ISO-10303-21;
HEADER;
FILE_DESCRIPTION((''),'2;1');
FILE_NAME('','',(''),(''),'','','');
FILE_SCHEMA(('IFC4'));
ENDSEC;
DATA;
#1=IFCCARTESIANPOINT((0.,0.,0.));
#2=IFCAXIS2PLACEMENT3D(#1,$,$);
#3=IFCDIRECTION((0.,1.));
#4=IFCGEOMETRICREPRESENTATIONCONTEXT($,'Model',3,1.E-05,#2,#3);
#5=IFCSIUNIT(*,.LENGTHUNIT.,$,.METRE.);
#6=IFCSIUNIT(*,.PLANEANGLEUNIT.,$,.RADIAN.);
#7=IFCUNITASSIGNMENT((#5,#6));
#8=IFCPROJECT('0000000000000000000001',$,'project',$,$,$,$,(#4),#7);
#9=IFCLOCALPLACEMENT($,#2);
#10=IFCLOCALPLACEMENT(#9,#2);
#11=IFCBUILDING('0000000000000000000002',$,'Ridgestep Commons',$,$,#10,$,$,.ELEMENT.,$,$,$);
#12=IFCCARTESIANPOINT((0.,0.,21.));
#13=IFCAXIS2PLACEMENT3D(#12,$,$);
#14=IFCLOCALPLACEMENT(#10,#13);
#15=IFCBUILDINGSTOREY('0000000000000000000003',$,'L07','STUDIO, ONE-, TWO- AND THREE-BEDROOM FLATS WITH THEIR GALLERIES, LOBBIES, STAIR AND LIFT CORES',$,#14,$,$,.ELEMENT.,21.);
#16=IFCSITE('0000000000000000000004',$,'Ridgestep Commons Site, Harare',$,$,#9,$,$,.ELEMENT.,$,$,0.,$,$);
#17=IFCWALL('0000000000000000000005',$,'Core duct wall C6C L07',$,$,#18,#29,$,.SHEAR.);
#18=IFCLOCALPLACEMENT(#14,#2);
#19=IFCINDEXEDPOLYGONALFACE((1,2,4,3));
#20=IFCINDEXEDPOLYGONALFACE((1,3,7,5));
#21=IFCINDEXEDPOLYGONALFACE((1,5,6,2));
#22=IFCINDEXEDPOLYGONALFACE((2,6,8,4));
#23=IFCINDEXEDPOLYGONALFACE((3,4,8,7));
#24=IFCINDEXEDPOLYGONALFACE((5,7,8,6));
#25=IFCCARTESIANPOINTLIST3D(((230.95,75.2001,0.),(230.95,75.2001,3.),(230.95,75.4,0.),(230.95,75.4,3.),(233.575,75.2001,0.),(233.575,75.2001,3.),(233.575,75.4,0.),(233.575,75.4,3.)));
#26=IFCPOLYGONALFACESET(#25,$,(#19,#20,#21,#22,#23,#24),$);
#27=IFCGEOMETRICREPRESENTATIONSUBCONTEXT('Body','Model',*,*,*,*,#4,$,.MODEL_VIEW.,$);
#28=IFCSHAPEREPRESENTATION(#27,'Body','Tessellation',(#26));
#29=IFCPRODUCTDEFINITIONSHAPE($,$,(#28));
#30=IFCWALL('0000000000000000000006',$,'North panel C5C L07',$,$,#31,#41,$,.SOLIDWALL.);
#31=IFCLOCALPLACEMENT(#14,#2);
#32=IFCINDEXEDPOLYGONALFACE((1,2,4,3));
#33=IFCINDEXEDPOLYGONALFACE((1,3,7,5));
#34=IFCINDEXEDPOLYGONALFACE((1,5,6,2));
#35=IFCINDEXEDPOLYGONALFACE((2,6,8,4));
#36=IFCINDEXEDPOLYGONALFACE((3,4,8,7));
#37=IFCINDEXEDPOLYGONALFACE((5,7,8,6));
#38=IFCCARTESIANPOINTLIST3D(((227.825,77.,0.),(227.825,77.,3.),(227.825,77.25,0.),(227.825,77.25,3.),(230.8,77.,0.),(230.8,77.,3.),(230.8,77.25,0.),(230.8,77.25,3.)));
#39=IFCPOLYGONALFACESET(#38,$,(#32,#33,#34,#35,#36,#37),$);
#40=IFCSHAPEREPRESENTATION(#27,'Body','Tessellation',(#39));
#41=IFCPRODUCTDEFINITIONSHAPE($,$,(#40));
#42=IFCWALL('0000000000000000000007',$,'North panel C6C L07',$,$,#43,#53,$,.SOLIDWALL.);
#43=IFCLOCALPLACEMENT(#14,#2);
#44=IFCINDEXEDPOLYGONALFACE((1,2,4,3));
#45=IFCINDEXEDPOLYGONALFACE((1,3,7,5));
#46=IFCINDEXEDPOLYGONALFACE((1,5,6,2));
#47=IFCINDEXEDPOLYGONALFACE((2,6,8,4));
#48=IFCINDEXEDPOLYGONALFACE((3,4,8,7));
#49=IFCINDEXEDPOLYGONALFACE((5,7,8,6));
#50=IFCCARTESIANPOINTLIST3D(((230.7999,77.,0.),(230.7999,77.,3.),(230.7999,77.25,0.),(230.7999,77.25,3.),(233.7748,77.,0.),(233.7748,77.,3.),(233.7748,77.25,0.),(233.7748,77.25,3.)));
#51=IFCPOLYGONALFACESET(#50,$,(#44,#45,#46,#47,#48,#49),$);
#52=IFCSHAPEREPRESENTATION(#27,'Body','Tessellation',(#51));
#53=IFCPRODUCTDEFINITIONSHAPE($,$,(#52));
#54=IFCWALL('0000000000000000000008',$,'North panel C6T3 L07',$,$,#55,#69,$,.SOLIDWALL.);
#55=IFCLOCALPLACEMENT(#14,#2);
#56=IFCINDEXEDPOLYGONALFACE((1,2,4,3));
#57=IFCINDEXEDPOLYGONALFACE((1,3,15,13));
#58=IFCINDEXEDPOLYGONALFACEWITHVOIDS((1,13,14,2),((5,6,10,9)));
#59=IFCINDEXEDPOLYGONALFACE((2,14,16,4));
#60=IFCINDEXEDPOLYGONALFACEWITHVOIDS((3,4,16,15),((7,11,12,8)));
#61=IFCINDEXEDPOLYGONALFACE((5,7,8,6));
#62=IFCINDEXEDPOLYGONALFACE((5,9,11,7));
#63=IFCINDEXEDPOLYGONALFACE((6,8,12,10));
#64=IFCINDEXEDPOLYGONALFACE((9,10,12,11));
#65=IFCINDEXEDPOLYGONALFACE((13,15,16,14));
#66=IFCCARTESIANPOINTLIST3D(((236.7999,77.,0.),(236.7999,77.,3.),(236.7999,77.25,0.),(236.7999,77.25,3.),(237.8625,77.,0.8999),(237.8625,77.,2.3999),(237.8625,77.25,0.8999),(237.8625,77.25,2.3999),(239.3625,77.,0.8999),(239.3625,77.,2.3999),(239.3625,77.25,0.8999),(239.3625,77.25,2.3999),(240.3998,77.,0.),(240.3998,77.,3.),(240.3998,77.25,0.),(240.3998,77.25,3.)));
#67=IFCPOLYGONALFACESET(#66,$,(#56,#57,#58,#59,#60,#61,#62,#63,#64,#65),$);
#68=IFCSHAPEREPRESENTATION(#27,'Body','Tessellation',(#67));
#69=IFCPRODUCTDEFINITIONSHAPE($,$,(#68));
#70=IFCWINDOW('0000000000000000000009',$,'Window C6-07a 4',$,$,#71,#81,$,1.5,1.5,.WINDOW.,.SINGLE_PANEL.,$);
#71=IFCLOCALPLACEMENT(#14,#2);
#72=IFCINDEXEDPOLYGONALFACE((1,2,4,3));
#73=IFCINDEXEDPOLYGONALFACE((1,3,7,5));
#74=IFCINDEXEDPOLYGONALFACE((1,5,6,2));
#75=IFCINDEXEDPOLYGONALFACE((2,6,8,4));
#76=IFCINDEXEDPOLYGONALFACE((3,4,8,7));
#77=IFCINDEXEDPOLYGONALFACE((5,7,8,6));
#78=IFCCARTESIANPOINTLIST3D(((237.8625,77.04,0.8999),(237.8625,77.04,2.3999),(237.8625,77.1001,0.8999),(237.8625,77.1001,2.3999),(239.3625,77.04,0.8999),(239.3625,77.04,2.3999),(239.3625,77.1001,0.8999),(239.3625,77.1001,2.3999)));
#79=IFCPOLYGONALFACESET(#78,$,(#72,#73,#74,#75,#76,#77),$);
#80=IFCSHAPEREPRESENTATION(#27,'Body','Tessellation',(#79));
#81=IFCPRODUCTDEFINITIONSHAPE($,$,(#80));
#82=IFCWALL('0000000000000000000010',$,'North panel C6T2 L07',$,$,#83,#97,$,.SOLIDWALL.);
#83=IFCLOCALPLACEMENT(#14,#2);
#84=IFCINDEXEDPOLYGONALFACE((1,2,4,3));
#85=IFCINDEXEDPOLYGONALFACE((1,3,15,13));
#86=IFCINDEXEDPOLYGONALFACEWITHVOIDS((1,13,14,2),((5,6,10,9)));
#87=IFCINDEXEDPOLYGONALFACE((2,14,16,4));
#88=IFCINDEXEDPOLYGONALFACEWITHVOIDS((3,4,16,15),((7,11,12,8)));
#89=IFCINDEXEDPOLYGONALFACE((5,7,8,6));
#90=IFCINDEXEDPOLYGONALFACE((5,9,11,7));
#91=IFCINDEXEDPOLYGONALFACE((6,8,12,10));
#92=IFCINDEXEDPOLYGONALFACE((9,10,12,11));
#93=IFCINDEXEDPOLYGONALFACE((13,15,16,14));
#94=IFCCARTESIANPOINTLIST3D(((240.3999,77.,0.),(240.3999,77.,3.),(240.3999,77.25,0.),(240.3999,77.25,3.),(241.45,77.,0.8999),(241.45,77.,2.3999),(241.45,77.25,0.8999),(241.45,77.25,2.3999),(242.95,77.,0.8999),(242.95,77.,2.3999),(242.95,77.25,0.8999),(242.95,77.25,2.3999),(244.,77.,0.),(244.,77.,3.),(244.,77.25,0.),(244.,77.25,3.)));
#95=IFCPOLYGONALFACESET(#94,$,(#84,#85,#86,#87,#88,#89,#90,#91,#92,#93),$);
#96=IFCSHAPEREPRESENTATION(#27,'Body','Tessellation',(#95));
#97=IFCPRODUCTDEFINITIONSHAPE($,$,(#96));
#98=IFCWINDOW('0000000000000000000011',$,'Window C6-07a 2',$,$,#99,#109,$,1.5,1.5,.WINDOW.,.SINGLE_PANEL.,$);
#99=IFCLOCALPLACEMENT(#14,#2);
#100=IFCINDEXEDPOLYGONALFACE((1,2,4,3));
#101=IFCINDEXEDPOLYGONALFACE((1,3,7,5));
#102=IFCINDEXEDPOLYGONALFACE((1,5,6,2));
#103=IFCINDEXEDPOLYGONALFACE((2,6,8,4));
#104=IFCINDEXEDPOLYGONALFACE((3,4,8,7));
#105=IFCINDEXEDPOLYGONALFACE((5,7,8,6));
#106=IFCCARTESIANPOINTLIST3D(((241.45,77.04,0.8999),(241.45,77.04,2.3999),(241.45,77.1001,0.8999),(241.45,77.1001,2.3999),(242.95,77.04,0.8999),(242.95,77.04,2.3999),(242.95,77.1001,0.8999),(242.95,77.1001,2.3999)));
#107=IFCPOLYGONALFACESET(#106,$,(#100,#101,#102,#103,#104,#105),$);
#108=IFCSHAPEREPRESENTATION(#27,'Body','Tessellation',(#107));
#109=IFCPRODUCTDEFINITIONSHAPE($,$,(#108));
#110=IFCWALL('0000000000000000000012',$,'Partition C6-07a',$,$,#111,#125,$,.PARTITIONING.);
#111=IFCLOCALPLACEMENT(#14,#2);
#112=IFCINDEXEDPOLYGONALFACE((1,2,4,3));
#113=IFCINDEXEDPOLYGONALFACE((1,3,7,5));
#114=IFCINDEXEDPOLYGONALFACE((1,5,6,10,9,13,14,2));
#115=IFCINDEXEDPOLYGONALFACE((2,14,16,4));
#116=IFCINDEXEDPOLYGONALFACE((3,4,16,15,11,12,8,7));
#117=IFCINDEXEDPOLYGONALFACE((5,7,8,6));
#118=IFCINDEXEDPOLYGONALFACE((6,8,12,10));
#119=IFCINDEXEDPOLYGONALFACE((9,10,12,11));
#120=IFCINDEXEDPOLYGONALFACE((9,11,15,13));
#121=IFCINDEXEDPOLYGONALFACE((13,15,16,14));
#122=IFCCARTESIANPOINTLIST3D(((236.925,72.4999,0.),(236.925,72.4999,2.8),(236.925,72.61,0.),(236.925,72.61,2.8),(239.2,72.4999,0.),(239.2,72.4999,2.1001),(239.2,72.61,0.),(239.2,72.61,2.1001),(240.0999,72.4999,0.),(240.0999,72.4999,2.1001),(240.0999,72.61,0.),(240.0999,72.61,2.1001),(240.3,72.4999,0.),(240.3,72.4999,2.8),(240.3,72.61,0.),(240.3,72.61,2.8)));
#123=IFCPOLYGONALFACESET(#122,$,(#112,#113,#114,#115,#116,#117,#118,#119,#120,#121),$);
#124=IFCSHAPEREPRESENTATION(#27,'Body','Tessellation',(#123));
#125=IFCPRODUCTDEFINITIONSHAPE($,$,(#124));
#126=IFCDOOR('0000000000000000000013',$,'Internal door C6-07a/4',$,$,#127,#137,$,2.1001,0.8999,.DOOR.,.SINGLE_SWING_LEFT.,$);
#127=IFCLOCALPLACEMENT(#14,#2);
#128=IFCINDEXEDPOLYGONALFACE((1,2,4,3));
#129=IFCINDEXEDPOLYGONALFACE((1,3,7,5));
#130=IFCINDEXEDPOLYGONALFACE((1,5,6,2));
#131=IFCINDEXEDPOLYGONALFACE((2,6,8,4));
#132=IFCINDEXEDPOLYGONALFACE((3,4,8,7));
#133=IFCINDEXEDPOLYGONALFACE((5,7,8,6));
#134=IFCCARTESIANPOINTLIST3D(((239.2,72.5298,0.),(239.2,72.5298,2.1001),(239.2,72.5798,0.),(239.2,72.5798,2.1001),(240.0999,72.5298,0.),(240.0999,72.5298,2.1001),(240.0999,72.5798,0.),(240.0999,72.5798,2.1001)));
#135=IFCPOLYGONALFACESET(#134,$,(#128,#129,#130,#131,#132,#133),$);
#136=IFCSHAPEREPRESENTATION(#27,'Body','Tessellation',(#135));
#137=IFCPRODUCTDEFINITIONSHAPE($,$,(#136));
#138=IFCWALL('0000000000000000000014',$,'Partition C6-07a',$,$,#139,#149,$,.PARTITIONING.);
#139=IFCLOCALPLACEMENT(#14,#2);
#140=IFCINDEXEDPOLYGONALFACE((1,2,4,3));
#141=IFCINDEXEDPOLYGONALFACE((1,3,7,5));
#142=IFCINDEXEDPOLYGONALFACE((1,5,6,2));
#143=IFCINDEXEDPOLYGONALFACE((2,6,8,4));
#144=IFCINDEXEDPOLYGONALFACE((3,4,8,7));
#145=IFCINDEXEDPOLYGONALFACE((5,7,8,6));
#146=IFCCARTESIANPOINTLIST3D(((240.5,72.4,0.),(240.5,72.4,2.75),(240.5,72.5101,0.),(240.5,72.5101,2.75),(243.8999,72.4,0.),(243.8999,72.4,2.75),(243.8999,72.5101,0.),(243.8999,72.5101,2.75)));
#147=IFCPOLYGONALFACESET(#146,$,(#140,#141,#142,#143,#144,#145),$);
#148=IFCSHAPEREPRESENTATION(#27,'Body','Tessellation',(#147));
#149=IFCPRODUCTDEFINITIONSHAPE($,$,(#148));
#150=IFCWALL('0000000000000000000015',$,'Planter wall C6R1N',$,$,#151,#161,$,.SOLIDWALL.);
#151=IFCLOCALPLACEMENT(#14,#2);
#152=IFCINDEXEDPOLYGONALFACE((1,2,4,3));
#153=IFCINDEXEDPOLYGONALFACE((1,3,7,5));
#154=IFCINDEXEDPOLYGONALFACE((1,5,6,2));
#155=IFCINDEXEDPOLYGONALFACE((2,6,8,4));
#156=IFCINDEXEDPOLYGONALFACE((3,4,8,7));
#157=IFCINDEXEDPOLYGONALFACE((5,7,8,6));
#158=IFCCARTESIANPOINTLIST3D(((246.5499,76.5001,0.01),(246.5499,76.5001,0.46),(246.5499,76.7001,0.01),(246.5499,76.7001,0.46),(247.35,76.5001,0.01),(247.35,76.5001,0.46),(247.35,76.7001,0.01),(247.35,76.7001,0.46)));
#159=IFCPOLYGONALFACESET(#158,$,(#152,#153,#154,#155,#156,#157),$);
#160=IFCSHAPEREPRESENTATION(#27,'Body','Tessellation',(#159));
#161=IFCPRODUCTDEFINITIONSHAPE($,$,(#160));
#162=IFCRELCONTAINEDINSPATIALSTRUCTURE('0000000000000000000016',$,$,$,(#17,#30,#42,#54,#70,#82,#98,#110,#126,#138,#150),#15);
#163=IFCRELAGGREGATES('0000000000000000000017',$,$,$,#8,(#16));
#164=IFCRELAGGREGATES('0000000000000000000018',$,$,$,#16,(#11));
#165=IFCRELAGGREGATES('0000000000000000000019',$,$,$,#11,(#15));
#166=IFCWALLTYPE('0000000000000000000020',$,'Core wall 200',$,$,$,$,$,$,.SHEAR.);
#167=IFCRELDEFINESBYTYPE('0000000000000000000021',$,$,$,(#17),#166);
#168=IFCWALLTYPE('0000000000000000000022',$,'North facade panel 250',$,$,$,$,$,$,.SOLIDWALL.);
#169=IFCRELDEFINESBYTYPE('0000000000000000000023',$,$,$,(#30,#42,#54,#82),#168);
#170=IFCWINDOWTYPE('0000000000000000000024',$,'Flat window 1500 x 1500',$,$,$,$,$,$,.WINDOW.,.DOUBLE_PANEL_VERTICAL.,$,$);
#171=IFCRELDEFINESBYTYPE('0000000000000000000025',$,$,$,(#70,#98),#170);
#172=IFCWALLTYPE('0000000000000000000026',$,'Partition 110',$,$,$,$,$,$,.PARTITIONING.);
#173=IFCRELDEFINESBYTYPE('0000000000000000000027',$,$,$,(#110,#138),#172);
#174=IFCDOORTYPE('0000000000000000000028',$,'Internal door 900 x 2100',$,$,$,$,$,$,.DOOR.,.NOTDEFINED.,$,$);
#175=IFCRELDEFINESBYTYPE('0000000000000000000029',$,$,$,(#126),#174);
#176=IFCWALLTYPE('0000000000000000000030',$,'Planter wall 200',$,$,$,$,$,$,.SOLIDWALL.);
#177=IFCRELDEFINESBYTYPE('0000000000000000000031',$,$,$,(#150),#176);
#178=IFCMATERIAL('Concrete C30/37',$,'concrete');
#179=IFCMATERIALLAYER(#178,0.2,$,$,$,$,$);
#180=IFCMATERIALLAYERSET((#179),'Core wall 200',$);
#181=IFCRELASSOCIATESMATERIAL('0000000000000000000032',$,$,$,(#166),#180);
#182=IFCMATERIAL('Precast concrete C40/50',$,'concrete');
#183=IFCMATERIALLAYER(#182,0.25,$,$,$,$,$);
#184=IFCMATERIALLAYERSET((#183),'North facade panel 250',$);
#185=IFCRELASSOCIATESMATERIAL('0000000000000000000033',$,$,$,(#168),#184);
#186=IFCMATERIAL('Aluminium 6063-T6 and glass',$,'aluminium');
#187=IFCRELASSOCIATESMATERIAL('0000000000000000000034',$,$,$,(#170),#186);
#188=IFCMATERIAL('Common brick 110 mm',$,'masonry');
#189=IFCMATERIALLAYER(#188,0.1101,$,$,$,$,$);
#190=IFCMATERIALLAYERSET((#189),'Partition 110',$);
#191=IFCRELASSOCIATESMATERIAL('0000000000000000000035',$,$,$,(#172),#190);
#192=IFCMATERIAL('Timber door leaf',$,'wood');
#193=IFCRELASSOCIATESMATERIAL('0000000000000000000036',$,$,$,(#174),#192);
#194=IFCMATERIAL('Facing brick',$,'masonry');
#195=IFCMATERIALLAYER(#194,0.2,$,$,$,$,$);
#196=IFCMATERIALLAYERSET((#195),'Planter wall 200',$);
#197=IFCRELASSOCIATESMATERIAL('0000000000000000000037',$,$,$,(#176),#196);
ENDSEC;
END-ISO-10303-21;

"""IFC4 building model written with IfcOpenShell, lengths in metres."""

from ifc_helpers import new_model, si_unit, direction, frame, frame_2d, origin, place, context, subcontext, project, spatial, rectangle, extrude, material, layer, layer_set, type_object, element, fill, save


model = new_model("IFC4")

# Units and contexts
model_context = context("Model", 3, precision=1e-05, world=origin(), true_north=direction((0.0, 1.0)))
body_context = subcontext(model_context, "Body", "Model", "MODEL_VIEW")
ifc_project = project(units=[si_unit("LENGTHUNIT", "METRE"), si_unit("PLANEANGLEUNIT", "RADIAN")], contexts=[model_context])

# Site, building, storey
site_placement = place(None, origin())
site = spatial("IfcSite", under=ifc_project, at=site_placement, Name="Ridgestep Commons Site, Harare", CompositionType="ELEMENT", RefElevation=0.0)
building_placement = place(site_placement, origin())
building = spatial("IfcBuilding", under=site, at=building_placement, Name="Ridgestep Commons", CompositionType="ELEMENT")
storey_placement = place(building_placement, frame((0.0, 0.0, 21.0)))
storey = spatial("IfcBuildingStorey", under=building, at=storey_placement, Name="L07", Description="STUDIO, ONE-, TWO- AND THREE-BEDROOM FLATS WITH THEIR GALLERIES, LOBBIES, STAIR AND LIFT CORES", CompositionType="ELEMENT", Elevation=21.0)

# Walls
ifc_material_1 = material(Name="Concrete C30/37", Category="concrete")
ifc_layer_1 = layer(ifc_material_1, 0.2)
ifc_layer_set_1 = layer_set([ifc_layer_1], Name="Core wall 200")
wall_type_1 = type_object("IfcWallType", Name="Core wall 200", PredefinedType="SHEAR", material=ifc_layer_set_1)
for number, where, z_axis, x_axis, name in (
    (1, (230.95, 75.3, 0.0), (0.0, 0.0, 1.0), (1.0, 0.0, 0.0), "Core duct wall C6C L07"),
):
    element("IfcWall", number, at=place(storey_placement, frame(where, z_axis=z_axis, x_axis=x_axis)), inside=storey, type_object=wall_type_1, Name=name, PredefinedType="SHEAR", context=body_context, shape_type="SweptSolid", body=[
        extrude(rectangle(XDim=2.625, YDim=0.2, at=frame_2d((1.3125, 0.0))), origin(), (0.0, 0.0, 1.0), 3.0),
    ])
ifc_material_2 = material(Name="Precast concrete C40/50", Category="concrete")
ifc_layer_2 = layer(ifc_material_2, 0.25)
ifc_layer_set_2 = layer_set([ifc_layer_2], Name="North facade panel 250")
wall_type_2 = type_object("IfcWallType", Name="North facade panel 250", PredefinedType="SOLIDWALL", material=ifc_layer_set_2)
wall_1_placement = place(storey_placement, frame((227.825, 77.125, 0.0), z_axis=(0.0, 0.0, 1.0), x_axis=(1.0, 0.0, 0.0)))
element("IfcWall", 2, at=wall_1_placement, inside=storey, type_object=wall_type_2, Name="North panel C5C L07", PredefinedType="SOLIDWALL", context=body_context, shape_type="SweptSolid", body=[
    extrude(rectangle(XDim=2.9751, YDim=0.25, at=frame_2d((1.4875, 0.0))), origin(), (0.0, 0.0, 1.0), 3.0),
])
wall_2_placement = place(storey_placement, frame((230.8, 77.125, 0.0), z_axis=(0.0, 0.0, 1.0), x_axis=(1.0, 0.0, 0.0)))
element("IfcWall", 3, at=wall_2_placement, inside=storey, type_object=wall_type_2, Name="North panel C6C L07", PredefinedType="SOLIDWALL", context=body_context, shape_type="SweptSolid", body=[
    extrude(rectangle(XDim=2.9749, YDim=0.25, at=frame_2d((1.4873, 0.0))), origin(), (0.0, 0.0, 1.0), 3.0),
])

# Walls, openings, windows
wall_3_placement = place(storey_placement, frame((236.8, 77.125, 0.0), z_axis=(0.0, 0.0, 1.0), x_axis=(1.0, 0.0, 0.0)))
wall_3 = element("IfcWall", 4, at=wall_3_placement, inside=storey, type_object=wall_type_2, Name="North panel C6T3 L07", PredefinedType="SOLIDWALL", context=body_context, shape_type="SweptSolid", body=[
    extrude(rectangle(XDim=3.5999, YDim=0.25, at=frame_2d((1.7998, 0.0))), origin(), (0.0, 0.0, 1.0), 3.0),
])
opening_1_placement = place(wall_3_placement, frame((1.0625, 0.0, 0.8999)))
opening_1 = element("IfcOpeningElement", 5, at=opening_1_placement, cuts=wall_3, PredefinedType="OPENING", context=body_context, shape_type="SweptSolid", body=[
    extrude(rectangle(XDim=1.5, YDim=1.5, at=frame_2d((0.75, 0.75))), frame((0.0, 0.135, 0.0), z_axis=(0.0, -1.0, 0.0), x_axis=(1.0, 0.0, 0.0)), (0.0, 0.0, 1.0), 0.27),
])
ifc_material_3 = material(Name="Aluminium 6063-T6 and glass", Category="aluminium")
window_type = type_object("IfcWindowType", Name="Flat window 1500 x 1500", PartitioningType="DOUBLE_PANEL_VERTICAL", PredefinedType="WINDOW", material=ifc_material_3)
window_1_placement = place(opening_1_placement, origin())
window_1 = element("IfcWindow", 6, at=window_1_placement, inside=storey, type_object=window_type, Name="Window C6-07a 4", OverallHeight=1.5, OverallWidth=1.5, PartitioningType="SINGLE_PANEL", PredefinedType="WINDOW", context=body_context, shape_type="SweptSolid", body=[
    extrude(rectangle(XDim=1.5, YDim=1.5, at=frame_2d((0.75, 0.75))), frame((0.0, -0.0249, 0.0), z_axis=(0.0, -1.0, 0.0), x_axis=(1.0, 0.0, 0.0)), (0.0, 0.0, 1.0), 0.0601),
])
fill(opening_1, window_1)
wall_4_placement = place(storey_placement, frame((240.3999, 77.125, 0.0), z_axis=(0.0, 0.0, 1.0), x_axis=(1.0, 0.0, 0.0)))
wall_4 = element("IfcWall", 7, at=wall_4_placement, inside=storey, type_object=wall_type_2, Name="North panel C6T2 L07", PredefinedType="SOLIDWALL", context=body_context, shape_type="SweptSolid", body=[
    extrude(rectangle(XDim=3.6001, YDim=0.25, at=frame_2d((1.8, 0.0))), origin(), (0.0, 0.0, 1.0), 3.0),
])
opening_2_placement = place(wall_4_placement, frame((1.05, 0.0, 0.8999)))
opening_2 = element("IfcOpeningElement", 8, at=opening_2_placement, cuts=wall_4, PredefinedType="OPENING", context=body_context, shape_type="SweptSolid", body=[
    extrude(rectangle(XDim=1.5, YDim=1.5, at=frame_2d((0.75, 0.75))), frame((0.0, 0.135, 0.0), z_axis=(0.0, -1.0, 0.0), x_axis=(1.0, 0.0, 0.0)), (0.0, 0.0, 1.0), 0.27),
])
window_2_placement = place(opening_2_placement, origin())
window_2 = element("IfcWindow", 9, at=window_2_placement, inside=storey, type_object=window_type, Name="Window C6-07a 2", OverallHeight=1.5, OverallWidth=1.5, PartitioningType="SINGLE_PANEL", PredefinedType="WINDOW", context=body_context, shape_type="SweptSolid", body=[
    extrude(rectangle(XDim=1.5, YDim=1.5, at=frame_2d((0.75, 0.75))), frame((0.0, -0.0249, 0.0), z_axis=(0.0, -1.0, 0.0), x_axis=(1.0, 0.0, 0.0)), (0.0, 0.0, 1.0), 0.0601),
])
fill(opening_2, window_2)

# Wall, opening, door
ifc_material_4 = material(Name="Common brick 110 mm", Category="masonry")
ifc_layer_3 = layer(ifc_material_4, 0.1101)
ifc_layer_set_3 = layer_set([ifc_layer_3], Name="Partition 110")
wall_type_3 = type_object("IfcWallType", Name="Partition 110", PredefinedType="PARTITIONING", material=ifc_layer_set_3)
wall_5_placement = place(storey_placement, frame((236.925, 72.5549, 0.0), z_axis=(0.0, 0.0, 1.0), x_axis=(1.0, 0.0, 0.0)))
wall_5 = element("IfcWall", 10, at=wall_5_placement, inside=storey, type_object=wall_type_3, Name="Partition C6-07a", PredefinedType="PARTITIONING", context=body_context, shape_type="SweptSolid", body=[
    extrude(rectangle(XDim=3.375, YDim=0.1101, at=frame_2d((1.6875, 0.0))), origin(), (0.0, 0.0, 1.0), 2.8),
])
opening_3_placement = place(wall_5_placement, frame((2.2749, 0.0, 0.0)))
opening_3 = element("IfcOpeningElement", 11, at=opening_3_placement, cuts=wall_5, PredefinedType="OPENING", context=body_context, shape_type="SweptSolid", body=[
    extrude(rectangle(XDim=0.8999, YDim=2.1001, at=frame_2d((0.45, 1.05))), frame((0.0, 0.0649, 0.0), z_axis=(0.0, -1.0, 0.0), x_axis=(1.0, 0.0, 0.0)), (0.0, 0.0, 1.0), 0.1301),
])
ifc_material_5 = material(Name="Timber door leaf", Category="wood")
door_type = type_object("IfcDoorType", Name="Internal door 900 x 2100", OperationType="NOTDEFINED", PredefinedType="DOOR", material=ifc_material_5)
door_placement = place(opening_3_placement, origin())
door = element("IfcDoor", 12, at=door_placement, inside=storey, type_object=door_type, Name="Internal door C6-07a/4", OperationType="SINGLE_SWING_LEFT", OverallHeight=2.1001, OverallWidth=0.8999, PredefinedType="DOOR", context=body_context, shape_type="SweptSolid", body=[
    extrude(rectangle(XDim=0.8999, YDim=2.1001, at=frame_2d((0.45, 1.05))), frame((0.0, 0.0249, 0.0), z_axis=(0.0, -1.0, 0.0), x_axis=(1.0, 0.0, 0.0)), (0.0, 0.0, 1.0), 0.05),
])
fill(opening_3, door)

# Walls
wall_6_placement = place(storey_placement, frame((240.5, 72.4551, 0.0), z_axis=(0.0, 0.0, 1.0), x_axis=(1.0, 0.0, 0.0)))
element("IfcWall", 13, at=wall_6_placement, inside=storey, type_object=wall_type_3, Name="Partition C6-07a", PredefinedType="PARTITIONING", context=body_context, shape_type="SweptSolid", body=[
    extrude(rectangle(XDim=3.3999, YDim=0.1101, at=frame_2d((1.7, 0.0))), origin(), (0.0, 0.0, 1.0), 2.75),
])
ifc_material_6 = material(Name="Facing brick", Category="masonry")
ifc_layer_4 = layer(ifc_material_6, 0.2)
ifc_layer_set_4 = layer_set([ifc_layer_4], Name="Planter wall 200")
wall_type_4 = type_object("IfcWallType", Name="Planter wall 200", PredefinedType="SOLIDWALL", material=ifc_layer_set_4)
wall_7_placement = place(storey_placement, frame((246.55, 76.6001, 0.01), z_axis=(0.0, 0.0, 1.0), x_axis=(1.0, 0.0, 0.0)))
element("IfcWall", 14, at=wall_7_placement, inside=storey, type_object=wall_type_4, Name="Planter wall C6R1N", PredefinedType="SOLIDWALL", context=body_context, shape_type="SweptSolid", body=[
    extrude(rectangle(XDim=0.8, YDim=0.2, at=frame_2d((0.3999, 0.0))), origin(), (0.0, 0.0, 1.0), 0.45),
])

save(model, "model.ifc")
